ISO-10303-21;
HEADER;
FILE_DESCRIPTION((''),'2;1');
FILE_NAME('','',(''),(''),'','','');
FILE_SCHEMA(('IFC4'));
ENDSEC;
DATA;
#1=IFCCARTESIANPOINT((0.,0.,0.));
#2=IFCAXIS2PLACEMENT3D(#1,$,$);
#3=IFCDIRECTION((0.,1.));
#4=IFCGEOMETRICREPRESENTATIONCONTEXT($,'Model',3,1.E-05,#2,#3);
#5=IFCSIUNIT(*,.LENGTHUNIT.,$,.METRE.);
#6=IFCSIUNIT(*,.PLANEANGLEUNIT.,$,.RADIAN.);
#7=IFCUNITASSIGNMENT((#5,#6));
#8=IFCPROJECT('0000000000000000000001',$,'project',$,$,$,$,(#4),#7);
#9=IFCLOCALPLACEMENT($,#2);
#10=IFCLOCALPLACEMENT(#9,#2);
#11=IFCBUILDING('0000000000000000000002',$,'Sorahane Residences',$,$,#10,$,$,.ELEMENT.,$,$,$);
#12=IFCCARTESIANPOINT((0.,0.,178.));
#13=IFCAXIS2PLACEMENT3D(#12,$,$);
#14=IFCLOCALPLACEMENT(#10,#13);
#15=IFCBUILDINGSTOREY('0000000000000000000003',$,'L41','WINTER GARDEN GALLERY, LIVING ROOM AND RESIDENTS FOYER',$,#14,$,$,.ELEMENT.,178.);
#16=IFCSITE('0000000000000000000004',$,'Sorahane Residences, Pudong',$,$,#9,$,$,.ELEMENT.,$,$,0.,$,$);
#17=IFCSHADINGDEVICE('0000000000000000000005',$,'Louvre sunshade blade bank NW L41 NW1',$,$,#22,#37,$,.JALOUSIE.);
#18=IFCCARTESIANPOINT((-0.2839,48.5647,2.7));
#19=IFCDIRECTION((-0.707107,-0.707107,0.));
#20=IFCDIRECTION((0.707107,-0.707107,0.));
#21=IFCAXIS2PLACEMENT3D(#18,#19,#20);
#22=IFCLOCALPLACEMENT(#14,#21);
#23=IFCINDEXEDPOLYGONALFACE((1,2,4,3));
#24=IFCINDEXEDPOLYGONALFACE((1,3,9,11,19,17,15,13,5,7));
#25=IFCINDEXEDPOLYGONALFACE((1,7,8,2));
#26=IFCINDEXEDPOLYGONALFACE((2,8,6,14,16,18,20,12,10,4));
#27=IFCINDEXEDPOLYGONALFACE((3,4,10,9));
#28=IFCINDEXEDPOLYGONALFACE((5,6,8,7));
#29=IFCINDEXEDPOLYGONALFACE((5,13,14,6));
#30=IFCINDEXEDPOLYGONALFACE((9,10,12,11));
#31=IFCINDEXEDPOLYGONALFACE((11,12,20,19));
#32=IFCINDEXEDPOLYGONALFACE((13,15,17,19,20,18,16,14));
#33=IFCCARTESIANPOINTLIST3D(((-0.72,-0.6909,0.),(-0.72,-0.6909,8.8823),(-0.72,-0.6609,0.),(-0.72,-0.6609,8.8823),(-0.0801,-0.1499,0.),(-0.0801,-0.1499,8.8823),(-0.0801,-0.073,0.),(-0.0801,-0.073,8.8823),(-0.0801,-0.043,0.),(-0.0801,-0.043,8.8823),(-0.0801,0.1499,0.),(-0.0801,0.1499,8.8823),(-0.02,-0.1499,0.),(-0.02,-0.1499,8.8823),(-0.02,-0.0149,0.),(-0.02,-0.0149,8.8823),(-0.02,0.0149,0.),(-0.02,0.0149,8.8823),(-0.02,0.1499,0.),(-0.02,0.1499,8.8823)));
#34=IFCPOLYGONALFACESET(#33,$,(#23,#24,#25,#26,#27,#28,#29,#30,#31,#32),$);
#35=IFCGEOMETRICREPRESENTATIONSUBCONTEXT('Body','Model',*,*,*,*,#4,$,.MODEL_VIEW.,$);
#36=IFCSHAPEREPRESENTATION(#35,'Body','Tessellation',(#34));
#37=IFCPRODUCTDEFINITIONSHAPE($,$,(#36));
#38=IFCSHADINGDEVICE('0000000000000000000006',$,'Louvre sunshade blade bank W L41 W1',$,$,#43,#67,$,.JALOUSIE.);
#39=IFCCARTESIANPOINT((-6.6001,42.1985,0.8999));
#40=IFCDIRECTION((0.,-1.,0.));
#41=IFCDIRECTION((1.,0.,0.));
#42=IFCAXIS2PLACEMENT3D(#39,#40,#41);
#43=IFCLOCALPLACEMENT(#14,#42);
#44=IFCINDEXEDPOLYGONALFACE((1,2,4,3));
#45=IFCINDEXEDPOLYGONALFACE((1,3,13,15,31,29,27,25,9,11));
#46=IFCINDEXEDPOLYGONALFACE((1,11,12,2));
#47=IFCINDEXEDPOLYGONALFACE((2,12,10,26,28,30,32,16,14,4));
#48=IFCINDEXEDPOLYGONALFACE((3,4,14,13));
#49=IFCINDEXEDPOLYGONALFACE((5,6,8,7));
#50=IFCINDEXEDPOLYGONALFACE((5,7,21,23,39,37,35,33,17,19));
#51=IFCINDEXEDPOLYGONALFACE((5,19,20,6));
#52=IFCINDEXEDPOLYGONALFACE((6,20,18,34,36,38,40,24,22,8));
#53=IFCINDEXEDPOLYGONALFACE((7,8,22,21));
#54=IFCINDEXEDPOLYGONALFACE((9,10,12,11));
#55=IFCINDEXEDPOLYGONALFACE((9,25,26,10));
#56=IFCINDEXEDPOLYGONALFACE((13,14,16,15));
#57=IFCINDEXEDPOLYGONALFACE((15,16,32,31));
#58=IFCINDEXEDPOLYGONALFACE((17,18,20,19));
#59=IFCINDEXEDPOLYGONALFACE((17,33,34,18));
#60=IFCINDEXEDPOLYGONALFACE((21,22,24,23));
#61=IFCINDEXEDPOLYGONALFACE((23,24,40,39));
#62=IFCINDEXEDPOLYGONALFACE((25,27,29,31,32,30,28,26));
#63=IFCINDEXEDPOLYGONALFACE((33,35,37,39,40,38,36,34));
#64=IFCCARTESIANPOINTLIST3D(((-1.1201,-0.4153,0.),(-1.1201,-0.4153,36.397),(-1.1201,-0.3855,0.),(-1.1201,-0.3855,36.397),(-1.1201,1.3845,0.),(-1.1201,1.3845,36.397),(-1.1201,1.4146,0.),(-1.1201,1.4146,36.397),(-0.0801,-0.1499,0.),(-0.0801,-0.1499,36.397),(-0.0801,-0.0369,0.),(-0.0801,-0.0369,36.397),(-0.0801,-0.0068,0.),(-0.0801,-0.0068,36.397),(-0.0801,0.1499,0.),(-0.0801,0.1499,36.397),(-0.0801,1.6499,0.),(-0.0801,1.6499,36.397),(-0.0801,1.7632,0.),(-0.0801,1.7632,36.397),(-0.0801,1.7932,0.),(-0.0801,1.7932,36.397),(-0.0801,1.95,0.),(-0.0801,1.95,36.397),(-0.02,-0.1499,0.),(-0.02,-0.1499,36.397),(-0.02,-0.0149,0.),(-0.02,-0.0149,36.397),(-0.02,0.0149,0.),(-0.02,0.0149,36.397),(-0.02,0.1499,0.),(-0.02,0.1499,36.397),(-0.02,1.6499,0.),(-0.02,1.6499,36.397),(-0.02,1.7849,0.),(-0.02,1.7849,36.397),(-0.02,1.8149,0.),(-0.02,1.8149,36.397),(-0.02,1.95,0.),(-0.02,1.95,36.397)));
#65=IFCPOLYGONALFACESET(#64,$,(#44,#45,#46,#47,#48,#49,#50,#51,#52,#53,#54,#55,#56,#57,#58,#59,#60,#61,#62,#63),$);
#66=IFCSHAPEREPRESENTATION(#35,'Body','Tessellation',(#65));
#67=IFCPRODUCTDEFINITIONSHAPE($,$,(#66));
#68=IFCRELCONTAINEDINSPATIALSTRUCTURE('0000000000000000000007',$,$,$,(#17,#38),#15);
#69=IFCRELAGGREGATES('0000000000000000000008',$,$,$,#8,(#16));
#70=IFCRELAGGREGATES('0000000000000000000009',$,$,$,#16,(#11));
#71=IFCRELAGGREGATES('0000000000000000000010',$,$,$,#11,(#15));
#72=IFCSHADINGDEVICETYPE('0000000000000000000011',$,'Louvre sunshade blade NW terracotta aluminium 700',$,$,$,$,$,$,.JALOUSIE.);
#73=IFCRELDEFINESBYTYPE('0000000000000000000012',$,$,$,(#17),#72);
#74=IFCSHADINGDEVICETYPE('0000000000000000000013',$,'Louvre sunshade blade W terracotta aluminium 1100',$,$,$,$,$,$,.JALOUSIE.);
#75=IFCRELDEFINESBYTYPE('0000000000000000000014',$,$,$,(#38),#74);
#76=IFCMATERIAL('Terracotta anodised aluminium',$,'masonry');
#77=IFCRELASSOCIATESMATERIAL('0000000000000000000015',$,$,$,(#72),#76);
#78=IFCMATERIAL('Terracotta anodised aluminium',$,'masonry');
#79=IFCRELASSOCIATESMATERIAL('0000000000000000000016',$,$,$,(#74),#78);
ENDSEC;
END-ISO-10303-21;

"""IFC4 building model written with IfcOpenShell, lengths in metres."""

from ifc_helpers import new_model, si_unit, direction, frame, origin, place, context, subcontext, project, spatial, polyline, outline, composite_profile, extrude, material, type_object, element, save


model = new_model("IFC4")

# Units and contexts
model_context = context("Model", 3, precision=1e-05, world=origin(), true_north=direction((0.0, 1.0)))
body_context = subcontext(model_context, "Body", "Model", "MODEL_VIEW")
ifc_project = project(units=[si_unit("LENGTHUNIT", "METRE"), si_unit("PLANEANGLEUNIT", "RADIAN")], contexts=[model_context])

# Site, building, storey
site_placement = place(None, origin())
site = spatial("IfcSite", under=ifc_project, at=site_placement, Name="Sorahane Residences, Pudong", CompositionType="ELEMENT", RefElevation=0.0)
building_placement = place(site_placement, origin())
building = spatial("IfcBuilding", under=site, at=building_placement, Name="Sorahane Residences", CompositionType="ELEMENT")
storey_placement = place(building_placement, frame((0.0, 0.0, 178.0)))
storey = spatial("IfcBuildingStorey", under=building, at=storey_placement, Name="L41", Description="WINTER GARDEN GALLERY, LIVING ROOM AND RESIDENTS FOYER", CompositionType="ELEMENT", Elevation=178.0)

# Shading devices
ifc_material_1 = material(Name="Terracotta anodised aluminium", Category="masonry")
shading_device_type_1 = type_object("IfcShadingDeviceType", Name="Louvre sunshade blade NW terracotta aluminium 700", PredefinedType="JALOUSIE", material=ifc_material_1)
shading_device_1_placement = place(storey_placement, frame((-0.2839, 48.5647, 2.7), z_axis=(-0.707107, -0.707107, 0.0), x_axis=(0.707107, -0.707107, 0.0)))
element("IfcShadingDevice", 1, at=shading_device_1_placement, inside=storey, type_object=shading_device_type_1, Name="Louvre sunshade blade bank NW L41 NW1", PredefinedType="JALOUSIE", context=body_context, shape_type="SweptSolid", body=[
    extrude(outline(polyline([(-0.72, -0.6609), (-0.72, -0.6909), (-0.0801, -0.073), (-0.0801, -0.1499), (-0.02, -0.1499), (-0.02, -0.0149), (-0.02, 0.0149), (-0.02, 0.1499), (-0.0801, 0.1499), (-0.0801, -0.043), (-0.72, -0.6609)])), origin(), (0.0, 0.0, 1.0), 8.8823),
])
ifc_material_2 = material(Name="Terracotta anodised aluminium", Category="masonry")
shading_device_type_2 = type_object("IfcShadingDeviceType", Name="Louvre sunshade blade W terracotta aluminium 1100", PredefinedType="JALOUSIE", material=ifc_material_2)
shading_device_2_placement = place(storey_placement, frame((-6.6001, 42.1985, 0.8999), z_axis=(0.0, -1.0, 0.0), x_axis=(1.0, 0.0, 0.0)))
element("IfcShadingDevice", 2, at=shading_device_2_placement, inside=storey, type_object=shading_device_type_2, Name="Louvre sunshade blade bank W L41 W1", PredefinedType="JALOUSIE", context=body_context, shape_type="SweptSolid", body=[
    extrude(composite_profile([outline(polyline([(-1.1201, -0.3855), (-1.1201, -0.4153), (-0.0801, -0.0369), (-0.0801, -0.1499), (-0.02, -0.1499), (-0.02, -0.0149), (-0.02, 0.0149), (-0.02, 0.1499), (-0.0801, 0.1499), (-0.0801, -0.0068), (-1.1201, -0.3855)])), outline(polyline([(-1.1201, 1.4146), (-1.1201, 1.3845), (-0.0801, 1.7632), (-0.0801, 1.6499), (-0.02, 1.6499), (-0.02, 1.7849), (-0.02, 1.8149), (-0.02, 1.95), (-0.0801, 1.95), (-0.0801, 1.7932), (-1.1201, 1.4146)]))]), origin(), (0.0, 0.0, 1.0), 36.397),
])

save(model, "model.ifc")
